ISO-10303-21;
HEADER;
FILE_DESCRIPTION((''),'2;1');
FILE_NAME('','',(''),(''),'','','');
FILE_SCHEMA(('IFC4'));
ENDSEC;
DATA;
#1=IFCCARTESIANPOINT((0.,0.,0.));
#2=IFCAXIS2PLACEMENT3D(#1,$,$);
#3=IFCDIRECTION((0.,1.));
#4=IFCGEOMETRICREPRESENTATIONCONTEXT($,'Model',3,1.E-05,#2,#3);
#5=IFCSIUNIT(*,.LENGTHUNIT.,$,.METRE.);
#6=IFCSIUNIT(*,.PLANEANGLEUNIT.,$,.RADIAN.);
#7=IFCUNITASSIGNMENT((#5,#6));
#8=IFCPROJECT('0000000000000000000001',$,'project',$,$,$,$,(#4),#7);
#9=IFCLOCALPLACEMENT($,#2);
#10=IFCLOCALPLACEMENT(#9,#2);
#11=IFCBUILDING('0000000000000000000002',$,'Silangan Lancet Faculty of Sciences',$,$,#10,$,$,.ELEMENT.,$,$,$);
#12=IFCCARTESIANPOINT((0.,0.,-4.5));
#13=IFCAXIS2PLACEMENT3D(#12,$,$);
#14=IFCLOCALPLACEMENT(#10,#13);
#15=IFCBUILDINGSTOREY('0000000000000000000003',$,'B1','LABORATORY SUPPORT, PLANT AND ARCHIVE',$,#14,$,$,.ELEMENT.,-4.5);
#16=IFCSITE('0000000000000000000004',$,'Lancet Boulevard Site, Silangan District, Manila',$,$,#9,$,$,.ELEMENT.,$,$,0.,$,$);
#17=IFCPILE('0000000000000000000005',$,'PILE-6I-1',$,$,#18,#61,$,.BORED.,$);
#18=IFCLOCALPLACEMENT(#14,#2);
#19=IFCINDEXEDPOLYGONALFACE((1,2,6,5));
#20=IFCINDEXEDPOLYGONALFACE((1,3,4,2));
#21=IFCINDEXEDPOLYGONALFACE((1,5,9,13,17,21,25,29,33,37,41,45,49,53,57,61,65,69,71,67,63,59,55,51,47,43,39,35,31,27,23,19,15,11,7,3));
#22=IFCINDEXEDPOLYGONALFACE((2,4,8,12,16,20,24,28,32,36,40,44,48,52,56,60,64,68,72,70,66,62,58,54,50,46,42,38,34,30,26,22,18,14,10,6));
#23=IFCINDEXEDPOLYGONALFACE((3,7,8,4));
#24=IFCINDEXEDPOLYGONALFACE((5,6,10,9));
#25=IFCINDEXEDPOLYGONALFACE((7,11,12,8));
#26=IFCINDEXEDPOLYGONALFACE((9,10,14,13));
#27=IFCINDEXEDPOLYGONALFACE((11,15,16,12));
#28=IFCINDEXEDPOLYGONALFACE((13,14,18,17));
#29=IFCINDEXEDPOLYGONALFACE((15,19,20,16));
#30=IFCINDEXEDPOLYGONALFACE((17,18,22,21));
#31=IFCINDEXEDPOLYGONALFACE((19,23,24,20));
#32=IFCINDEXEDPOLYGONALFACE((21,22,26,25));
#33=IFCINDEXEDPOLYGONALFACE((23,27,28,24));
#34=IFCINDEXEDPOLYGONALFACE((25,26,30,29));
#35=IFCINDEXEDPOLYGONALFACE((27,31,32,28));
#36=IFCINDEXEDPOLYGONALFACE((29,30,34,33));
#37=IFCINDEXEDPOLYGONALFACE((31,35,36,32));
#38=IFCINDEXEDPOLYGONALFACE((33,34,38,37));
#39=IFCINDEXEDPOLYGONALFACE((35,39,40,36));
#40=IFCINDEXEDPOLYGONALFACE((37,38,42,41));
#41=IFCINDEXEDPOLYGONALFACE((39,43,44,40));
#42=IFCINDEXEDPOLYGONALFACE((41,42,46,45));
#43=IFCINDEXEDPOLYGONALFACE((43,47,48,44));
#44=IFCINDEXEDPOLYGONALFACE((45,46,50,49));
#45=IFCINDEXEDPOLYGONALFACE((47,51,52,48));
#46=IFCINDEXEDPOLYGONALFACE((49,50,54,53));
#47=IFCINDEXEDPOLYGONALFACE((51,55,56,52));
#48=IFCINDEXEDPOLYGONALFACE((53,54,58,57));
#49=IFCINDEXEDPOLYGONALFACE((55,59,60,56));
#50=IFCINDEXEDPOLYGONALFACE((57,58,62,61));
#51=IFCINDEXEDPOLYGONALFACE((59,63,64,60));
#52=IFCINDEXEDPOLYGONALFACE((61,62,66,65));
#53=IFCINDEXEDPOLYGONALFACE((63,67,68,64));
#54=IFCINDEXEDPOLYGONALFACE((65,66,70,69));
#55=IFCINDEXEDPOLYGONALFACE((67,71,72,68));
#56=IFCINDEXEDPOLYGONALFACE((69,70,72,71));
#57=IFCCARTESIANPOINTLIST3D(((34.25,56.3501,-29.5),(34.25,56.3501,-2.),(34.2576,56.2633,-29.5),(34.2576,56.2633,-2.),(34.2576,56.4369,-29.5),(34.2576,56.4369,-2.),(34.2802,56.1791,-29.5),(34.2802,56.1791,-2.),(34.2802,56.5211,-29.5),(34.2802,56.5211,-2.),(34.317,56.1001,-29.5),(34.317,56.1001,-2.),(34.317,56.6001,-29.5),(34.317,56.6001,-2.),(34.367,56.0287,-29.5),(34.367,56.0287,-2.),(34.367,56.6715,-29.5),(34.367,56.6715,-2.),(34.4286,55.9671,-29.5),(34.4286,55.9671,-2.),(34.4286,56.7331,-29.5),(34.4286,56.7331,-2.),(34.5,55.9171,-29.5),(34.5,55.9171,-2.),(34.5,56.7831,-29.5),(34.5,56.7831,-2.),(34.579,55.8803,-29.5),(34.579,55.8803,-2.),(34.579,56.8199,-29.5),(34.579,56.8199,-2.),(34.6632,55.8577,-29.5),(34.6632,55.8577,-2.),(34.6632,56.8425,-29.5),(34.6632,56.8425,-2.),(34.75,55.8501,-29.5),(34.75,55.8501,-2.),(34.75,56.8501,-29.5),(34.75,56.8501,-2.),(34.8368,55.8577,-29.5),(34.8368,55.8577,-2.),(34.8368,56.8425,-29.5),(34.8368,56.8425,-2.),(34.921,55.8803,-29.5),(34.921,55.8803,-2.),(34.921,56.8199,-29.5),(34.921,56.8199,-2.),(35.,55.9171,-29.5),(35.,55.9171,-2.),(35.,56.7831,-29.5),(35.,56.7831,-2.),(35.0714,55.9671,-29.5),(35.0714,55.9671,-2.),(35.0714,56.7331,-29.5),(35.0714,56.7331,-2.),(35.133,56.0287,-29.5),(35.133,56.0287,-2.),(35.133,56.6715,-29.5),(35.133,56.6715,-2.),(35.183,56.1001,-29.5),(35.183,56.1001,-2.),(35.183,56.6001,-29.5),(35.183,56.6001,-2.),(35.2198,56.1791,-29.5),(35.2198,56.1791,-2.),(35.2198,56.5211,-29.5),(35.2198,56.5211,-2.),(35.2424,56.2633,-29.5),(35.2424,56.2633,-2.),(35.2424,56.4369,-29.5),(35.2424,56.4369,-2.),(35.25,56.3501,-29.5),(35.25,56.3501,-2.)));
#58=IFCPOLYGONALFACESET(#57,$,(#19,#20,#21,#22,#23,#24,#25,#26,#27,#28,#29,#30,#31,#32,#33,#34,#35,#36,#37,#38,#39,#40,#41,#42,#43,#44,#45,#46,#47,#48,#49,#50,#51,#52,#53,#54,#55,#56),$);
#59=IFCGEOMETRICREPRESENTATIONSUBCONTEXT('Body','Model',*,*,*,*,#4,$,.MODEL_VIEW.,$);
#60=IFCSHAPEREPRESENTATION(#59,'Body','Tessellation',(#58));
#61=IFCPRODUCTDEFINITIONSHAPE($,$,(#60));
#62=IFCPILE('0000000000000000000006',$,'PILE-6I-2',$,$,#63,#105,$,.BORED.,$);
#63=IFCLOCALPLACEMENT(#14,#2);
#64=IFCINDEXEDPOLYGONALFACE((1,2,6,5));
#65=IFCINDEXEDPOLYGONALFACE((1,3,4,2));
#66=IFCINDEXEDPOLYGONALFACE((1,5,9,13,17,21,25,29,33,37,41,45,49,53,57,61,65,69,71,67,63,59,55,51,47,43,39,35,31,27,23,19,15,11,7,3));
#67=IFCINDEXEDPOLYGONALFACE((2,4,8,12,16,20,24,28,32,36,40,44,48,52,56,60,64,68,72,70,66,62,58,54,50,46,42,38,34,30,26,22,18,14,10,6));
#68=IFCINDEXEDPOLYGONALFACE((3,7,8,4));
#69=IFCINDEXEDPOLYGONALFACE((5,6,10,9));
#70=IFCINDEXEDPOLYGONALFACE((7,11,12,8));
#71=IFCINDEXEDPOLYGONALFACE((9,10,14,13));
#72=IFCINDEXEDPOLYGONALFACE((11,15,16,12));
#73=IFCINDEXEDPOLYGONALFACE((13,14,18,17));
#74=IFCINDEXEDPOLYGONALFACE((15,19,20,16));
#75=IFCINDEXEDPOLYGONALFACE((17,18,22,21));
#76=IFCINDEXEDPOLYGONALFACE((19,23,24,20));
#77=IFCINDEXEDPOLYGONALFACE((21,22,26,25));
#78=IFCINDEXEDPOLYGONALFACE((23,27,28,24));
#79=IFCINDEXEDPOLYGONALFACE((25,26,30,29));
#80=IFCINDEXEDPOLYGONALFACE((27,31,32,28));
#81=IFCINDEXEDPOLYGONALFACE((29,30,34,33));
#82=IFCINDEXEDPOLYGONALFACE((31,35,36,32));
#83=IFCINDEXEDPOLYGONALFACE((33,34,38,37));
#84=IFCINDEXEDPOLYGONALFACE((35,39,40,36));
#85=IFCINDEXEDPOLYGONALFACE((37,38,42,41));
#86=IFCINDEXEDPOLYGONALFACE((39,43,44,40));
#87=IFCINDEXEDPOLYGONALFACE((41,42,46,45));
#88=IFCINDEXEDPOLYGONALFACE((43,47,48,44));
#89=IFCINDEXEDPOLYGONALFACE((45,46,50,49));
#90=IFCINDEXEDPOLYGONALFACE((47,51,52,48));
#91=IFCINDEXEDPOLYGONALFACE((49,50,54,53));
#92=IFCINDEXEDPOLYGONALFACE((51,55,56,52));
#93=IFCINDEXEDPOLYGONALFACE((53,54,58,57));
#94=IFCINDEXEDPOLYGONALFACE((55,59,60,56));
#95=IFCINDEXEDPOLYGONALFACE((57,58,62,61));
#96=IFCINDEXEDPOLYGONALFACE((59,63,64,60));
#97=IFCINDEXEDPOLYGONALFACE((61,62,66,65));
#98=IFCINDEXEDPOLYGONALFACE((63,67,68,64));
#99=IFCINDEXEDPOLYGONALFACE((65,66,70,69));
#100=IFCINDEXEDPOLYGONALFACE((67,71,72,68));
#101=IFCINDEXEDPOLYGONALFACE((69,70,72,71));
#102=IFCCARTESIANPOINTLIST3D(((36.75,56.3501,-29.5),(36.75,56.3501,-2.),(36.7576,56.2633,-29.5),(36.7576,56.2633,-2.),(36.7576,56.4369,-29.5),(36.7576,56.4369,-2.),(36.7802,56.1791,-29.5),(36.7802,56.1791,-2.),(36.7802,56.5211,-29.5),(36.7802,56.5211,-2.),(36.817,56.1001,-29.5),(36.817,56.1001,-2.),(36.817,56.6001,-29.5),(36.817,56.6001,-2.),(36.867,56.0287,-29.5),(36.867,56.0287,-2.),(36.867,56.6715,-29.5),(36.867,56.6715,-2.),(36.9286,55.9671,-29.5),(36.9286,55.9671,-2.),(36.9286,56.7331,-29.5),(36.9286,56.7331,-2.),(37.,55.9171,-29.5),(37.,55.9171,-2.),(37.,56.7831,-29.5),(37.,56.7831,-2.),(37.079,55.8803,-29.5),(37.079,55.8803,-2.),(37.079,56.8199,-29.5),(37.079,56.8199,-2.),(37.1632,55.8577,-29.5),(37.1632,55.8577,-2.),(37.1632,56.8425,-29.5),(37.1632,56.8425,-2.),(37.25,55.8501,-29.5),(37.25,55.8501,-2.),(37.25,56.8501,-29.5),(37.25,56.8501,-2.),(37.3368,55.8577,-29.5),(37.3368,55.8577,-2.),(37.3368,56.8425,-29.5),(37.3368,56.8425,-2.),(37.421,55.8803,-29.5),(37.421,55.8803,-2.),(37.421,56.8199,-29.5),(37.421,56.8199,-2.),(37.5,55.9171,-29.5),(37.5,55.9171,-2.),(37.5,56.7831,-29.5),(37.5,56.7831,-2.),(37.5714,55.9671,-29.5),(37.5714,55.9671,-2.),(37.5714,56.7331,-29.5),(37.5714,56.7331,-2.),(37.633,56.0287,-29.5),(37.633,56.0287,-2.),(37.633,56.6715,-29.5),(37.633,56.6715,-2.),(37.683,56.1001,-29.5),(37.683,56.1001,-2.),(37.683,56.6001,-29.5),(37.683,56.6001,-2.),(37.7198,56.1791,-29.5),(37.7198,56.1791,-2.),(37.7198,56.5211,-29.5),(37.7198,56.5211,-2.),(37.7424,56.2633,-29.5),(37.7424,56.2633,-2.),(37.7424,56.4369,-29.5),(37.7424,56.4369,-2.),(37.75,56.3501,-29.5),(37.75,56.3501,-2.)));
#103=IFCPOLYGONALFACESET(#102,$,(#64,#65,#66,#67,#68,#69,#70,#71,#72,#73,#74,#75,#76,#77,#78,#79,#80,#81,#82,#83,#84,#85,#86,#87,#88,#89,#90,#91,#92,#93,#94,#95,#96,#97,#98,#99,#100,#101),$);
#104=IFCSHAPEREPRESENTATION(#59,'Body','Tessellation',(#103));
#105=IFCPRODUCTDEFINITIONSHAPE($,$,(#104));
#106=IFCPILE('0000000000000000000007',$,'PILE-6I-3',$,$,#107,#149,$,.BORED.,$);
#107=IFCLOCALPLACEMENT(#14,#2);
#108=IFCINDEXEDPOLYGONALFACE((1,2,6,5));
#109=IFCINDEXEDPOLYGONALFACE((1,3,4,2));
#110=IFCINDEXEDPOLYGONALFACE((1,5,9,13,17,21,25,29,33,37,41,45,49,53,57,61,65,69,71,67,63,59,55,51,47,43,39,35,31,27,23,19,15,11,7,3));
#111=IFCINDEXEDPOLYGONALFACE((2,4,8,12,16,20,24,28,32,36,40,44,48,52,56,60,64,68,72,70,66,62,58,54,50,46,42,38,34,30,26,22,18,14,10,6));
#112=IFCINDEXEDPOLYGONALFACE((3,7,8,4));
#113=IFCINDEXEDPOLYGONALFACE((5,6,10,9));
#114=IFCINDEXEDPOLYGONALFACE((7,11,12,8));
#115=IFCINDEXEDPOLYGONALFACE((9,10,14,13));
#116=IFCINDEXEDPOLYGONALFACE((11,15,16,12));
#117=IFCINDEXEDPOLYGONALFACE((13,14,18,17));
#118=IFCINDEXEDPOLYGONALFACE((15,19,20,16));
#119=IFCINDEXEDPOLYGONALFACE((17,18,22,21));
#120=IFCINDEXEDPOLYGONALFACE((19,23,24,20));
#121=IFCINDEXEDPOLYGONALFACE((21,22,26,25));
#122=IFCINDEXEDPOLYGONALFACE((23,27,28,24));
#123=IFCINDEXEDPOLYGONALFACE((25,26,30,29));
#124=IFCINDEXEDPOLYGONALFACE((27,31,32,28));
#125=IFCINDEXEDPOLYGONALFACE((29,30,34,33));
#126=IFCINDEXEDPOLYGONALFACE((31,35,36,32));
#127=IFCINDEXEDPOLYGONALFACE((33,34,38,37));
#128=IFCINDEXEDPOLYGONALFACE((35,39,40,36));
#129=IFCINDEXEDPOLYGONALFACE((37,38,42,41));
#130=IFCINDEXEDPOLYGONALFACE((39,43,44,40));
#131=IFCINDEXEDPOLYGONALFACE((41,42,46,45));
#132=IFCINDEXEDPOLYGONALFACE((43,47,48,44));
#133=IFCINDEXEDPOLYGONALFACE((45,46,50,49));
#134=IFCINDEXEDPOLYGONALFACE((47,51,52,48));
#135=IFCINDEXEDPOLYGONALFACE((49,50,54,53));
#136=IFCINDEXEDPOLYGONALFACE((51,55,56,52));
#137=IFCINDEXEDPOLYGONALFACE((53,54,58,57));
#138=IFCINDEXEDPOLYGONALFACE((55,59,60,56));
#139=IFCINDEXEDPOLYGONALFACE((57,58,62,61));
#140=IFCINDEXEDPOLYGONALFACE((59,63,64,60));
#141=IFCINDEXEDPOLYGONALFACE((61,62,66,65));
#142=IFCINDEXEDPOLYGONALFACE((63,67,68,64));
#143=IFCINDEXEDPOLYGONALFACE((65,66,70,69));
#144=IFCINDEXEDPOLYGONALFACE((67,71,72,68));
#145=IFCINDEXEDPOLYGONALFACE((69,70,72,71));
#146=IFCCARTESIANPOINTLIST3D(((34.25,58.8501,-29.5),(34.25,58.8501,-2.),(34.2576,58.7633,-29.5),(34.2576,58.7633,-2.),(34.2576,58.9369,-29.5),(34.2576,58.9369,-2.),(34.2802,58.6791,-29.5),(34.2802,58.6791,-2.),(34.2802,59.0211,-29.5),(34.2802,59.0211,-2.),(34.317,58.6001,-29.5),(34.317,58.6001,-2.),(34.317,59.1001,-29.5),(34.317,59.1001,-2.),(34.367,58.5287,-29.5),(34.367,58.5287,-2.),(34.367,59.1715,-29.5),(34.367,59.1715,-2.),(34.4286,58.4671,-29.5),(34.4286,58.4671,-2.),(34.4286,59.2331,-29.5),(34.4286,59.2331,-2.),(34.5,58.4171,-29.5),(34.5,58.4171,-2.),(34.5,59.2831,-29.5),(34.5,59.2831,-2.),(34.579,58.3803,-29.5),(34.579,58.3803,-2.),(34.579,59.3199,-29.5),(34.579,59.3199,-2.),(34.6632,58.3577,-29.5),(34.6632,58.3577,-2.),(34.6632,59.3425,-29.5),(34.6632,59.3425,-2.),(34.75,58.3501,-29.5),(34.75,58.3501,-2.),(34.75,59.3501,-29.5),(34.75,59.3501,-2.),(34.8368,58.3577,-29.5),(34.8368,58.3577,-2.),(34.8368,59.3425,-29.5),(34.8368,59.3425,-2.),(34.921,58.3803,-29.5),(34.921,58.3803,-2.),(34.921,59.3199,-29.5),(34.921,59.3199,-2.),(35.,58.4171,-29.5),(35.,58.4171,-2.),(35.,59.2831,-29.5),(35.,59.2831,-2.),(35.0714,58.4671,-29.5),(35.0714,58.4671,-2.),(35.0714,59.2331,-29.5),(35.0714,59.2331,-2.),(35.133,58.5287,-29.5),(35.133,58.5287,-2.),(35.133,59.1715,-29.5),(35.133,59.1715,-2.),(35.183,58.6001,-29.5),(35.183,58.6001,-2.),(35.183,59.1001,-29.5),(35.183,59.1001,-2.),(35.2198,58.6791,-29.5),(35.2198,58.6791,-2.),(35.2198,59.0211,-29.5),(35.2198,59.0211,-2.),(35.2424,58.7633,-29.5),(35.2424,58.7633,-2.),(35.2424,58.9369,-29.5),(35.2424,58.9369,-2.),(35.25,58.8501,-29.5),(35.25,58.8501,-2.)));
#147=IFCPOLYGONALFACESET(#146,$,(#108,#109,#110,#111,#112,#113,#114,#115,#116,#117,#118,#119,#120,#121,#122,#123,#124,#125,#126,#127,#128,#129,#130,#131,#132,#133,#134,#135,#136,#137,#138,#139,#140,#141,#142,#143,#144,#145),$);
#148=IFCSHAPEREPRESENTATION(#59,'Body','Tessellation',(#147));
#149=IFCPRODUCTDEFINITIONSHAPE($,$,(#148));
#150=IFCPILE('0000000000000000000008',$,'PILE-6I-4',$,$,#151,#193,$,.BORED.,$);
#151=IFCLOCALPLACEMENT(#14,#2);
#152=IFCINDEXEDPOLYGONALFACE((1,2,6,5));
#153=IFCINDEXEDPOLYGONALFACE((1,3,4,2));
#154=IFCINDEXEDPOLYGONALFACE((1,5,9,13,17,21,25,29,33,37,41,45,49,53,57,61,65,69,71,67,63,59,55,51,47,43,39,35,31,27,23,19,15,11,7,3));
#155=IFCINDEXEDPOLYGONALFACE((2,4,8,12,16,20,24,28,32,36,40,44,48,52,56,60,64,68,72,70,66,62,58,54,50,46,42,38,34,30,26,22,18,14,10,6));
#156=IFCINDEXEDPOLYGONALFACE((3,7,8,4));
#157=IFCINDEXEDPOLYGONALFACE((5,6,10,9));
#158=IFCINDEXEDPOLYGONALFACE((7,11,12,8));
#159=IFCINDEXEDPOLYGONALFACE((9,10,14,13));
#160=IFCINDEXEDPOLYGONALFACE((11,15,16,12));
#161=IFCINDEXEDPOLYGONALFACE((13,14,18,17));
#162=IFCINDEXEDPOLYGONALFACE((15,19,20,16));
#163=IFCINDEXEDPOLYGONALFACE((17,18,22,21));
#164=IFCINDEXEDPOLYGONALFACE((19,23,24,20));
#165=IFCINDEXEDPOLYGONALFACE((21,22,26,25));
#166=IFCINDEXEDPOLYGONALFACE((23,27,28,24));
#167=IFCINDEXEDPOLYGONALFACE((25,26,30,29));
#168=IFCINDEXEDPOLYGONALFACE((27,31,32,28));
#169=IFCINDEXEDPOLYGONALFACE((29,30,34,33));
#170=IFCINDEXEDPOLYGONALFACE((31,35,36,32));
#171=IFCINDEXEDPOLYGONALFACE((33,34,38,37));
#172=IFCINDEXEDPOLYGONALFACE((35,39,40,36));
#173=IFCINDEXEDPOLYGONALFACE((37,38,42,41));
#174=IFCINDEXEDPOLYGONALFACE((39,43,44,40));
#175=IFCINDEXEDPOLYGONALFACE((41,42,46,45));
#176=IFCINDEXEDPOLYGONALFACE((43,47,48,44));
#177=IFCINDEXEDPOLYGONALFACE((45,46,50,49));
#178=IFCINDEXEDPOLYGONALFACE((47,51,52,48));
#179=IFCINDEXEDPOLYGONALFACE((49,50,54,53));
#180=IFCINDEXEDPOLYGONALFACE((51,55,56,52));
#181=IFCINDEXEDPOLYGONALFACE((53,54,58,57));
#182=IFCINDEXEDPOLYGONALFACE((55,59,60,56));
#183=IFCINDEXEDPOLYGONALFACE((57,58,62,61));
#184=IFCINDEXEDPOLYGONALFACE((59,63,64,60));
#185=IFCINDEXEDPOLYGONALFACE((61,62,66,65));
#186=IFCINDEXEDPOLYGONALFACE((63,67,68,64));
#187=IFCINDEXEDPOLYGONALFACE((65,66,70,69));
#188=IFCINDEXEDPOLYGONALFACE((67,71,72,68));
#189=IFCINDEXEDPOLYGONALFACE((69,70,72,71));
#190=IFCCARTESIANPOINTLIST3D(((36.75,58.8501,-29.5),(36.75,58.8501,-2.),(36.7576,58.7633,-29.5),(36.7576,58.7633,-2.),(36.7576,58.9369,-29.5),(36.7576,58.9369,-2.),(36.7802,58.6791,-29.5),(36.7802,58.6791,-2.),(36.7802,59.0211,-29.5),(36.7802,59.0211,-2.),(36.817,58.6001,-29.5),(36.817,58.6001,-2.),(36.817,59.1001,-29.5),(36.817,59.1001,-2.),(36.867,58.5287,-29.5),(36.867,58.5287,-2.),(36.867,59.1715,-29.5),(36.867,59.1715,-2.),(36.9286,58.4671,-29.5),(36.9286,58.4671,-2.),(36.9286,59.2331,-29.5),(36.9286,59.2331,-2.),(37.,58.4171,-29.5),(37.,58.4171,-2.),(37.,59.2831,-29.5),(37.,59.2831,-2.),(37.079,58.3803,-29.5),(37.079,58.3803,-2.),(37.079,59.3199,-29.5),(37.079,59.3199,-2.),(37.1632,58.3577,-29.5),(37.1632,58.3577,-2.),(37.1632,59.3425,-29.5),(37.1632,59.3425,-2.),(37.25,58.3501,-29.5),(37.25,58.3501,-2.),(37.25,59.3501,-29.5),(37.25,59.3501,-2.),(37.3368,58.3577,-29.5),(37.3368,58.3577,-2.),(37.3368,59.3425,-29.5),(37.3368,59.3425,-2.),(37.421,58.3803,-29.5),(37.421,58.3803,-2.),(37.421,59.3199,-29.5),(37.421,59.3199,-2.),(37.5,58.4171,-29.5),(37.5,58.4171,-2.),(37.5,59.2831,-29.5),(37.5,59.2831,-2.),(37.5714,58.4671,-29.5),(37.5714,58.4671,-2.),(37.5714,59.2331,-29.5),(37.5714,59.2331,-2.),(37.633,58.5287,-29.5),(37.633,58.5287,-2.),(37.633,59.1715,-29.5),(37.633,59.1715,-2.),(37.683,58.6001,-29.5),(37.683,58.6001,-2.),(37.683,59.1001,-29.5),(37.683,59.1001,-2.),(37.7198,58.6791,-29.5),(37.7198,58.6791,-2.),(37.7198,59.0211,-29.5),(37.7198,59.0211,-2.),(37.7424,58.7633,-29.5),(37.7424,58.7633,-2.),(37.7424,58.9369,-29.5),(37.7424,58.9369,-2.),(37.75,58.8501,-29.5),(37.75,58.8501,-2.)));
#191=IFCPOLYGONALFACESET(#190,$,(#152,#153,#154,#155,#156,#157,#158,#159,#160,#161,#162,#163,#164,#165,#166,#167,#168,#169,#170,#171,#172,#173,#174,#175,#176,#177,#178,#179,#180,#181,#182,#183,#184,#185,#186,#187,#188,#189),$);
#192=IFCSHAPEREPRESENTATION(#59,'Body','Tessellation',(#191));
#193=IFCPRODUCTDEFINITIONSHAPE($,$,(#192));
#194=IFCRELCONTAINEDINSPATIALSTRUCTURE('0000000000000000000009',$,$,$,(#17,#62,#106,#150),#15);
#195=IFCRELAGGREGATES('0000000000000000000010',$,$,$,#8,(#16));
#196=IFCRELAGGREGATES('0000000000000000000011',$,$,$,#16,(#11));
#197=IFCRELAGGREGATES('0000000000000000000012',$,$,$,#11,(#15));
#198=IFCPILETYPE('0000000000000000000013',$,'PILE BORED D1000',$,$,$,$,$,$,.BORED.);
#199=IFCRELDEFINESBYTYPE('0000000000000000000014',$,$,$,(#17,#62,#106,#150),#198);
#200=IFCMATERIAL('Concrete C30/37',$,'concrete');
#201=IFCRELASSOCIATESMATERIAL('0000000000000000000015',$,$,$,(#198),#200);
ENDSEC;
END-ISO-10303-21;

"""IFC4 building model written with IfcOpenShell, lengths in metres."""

from ifc_helpers import new_model, si_unit, direction, frame, origin, origin_2d, place, context, subcontext, project, spatial, circle, extrude, material, material_profile, profile_set, type_object, element, save


model = new_model("IFC4")

# Units and contexts
model_context = context("Model", 3, precision=1e-05, world=origin(), true_north=direction((0.0, 1.0)))
body_context = subcontext(model_context, "Body", "Model", "MODEL_VIEW")
ifc_project = project(units=[si_unit("LENGTHUNIT", "METRE"), si_unit("PLANEANGLEUNIT", "RADIAN")], contexts=[model_context])

# Site, building, storey
site_placement = place(None, origin())
site = spatial("IfcSite", under=ifc_project, at=site_placement, Name="Lancet Boulevard Site, Silangan District, Manila", CompositionType="ELEMENT", RefElevation=0.0)
building_placement = place(site_placement, origin())
building = spatial("IfcBuilding", under=site, at=building_placement, Name="Silangan Lancet Faculty of Sciences", CompositionType="ELEMENT")
storey_placement = place(building_placement, frame((0.0, 0.0, -4.5)))
storey = spatial("IfcBuildingStorey", under=building, at=storey_placement, Name="B1", Description="LABORATORY SUPPORT, PLANT AND ARCHIVE", CompositionType="ELEMENT", Elevation=-4.5)

# Piles
ifc_material_1 = material(Name="Concrete C30/37", Category="concrete")
ifc_material_profile_1 = material_profile(ifc_material_1, circle(Radius=0.5, at=origin_2d()), Name="BORED PILE D1000")
ifc_profile_set_1 = profile_set([ifc_material_profile_1], Name="Concrete C30/37")
pile_type = type_object("IfcPileType", Name="PILE BORED D1000", PredefinedType="BORED", material=ifc_profile_set_1)
for number, where, z_axis, x_axis, name in (
    (1, (34.75, 56.3501, -2.0), (0.0, 0.0, -1.0), (1.0, 0.0, 0.0), "PILE-6I-1"),
    (2, (37.25, 56.3501, -2.0), (0.0, 0.0, -1.0), (1.0, 0.0, 0.0), "PILE-6I-2"),
    (3, (34.75, 58.8501, -2.0), (0.0, 0.0, -1.0), (1.0, 0.0, 0.0), "PILE-6I-3"),
    (4, (37.25, 58.8501, -2.0), (0.0, 0.0, -1.0), (1.0, 0.0, 0.0), "PILE-6I-4"),
):
    element("IfcPile", number, at=place(storey_placement, frame(where, z_axis=z_axis, x_axis=x_axis)), inside=storey, type_object=pile_type, Name=name, PredefinedType="BORED", context=body_context, shape_type="SweptSolid", body=[
        extrude(circle(Radius=0.5, at=origin_2d()), origin(), (0.0, 0.0, 1.0), 27.5),
    ])

save(model, "model.ifc")
